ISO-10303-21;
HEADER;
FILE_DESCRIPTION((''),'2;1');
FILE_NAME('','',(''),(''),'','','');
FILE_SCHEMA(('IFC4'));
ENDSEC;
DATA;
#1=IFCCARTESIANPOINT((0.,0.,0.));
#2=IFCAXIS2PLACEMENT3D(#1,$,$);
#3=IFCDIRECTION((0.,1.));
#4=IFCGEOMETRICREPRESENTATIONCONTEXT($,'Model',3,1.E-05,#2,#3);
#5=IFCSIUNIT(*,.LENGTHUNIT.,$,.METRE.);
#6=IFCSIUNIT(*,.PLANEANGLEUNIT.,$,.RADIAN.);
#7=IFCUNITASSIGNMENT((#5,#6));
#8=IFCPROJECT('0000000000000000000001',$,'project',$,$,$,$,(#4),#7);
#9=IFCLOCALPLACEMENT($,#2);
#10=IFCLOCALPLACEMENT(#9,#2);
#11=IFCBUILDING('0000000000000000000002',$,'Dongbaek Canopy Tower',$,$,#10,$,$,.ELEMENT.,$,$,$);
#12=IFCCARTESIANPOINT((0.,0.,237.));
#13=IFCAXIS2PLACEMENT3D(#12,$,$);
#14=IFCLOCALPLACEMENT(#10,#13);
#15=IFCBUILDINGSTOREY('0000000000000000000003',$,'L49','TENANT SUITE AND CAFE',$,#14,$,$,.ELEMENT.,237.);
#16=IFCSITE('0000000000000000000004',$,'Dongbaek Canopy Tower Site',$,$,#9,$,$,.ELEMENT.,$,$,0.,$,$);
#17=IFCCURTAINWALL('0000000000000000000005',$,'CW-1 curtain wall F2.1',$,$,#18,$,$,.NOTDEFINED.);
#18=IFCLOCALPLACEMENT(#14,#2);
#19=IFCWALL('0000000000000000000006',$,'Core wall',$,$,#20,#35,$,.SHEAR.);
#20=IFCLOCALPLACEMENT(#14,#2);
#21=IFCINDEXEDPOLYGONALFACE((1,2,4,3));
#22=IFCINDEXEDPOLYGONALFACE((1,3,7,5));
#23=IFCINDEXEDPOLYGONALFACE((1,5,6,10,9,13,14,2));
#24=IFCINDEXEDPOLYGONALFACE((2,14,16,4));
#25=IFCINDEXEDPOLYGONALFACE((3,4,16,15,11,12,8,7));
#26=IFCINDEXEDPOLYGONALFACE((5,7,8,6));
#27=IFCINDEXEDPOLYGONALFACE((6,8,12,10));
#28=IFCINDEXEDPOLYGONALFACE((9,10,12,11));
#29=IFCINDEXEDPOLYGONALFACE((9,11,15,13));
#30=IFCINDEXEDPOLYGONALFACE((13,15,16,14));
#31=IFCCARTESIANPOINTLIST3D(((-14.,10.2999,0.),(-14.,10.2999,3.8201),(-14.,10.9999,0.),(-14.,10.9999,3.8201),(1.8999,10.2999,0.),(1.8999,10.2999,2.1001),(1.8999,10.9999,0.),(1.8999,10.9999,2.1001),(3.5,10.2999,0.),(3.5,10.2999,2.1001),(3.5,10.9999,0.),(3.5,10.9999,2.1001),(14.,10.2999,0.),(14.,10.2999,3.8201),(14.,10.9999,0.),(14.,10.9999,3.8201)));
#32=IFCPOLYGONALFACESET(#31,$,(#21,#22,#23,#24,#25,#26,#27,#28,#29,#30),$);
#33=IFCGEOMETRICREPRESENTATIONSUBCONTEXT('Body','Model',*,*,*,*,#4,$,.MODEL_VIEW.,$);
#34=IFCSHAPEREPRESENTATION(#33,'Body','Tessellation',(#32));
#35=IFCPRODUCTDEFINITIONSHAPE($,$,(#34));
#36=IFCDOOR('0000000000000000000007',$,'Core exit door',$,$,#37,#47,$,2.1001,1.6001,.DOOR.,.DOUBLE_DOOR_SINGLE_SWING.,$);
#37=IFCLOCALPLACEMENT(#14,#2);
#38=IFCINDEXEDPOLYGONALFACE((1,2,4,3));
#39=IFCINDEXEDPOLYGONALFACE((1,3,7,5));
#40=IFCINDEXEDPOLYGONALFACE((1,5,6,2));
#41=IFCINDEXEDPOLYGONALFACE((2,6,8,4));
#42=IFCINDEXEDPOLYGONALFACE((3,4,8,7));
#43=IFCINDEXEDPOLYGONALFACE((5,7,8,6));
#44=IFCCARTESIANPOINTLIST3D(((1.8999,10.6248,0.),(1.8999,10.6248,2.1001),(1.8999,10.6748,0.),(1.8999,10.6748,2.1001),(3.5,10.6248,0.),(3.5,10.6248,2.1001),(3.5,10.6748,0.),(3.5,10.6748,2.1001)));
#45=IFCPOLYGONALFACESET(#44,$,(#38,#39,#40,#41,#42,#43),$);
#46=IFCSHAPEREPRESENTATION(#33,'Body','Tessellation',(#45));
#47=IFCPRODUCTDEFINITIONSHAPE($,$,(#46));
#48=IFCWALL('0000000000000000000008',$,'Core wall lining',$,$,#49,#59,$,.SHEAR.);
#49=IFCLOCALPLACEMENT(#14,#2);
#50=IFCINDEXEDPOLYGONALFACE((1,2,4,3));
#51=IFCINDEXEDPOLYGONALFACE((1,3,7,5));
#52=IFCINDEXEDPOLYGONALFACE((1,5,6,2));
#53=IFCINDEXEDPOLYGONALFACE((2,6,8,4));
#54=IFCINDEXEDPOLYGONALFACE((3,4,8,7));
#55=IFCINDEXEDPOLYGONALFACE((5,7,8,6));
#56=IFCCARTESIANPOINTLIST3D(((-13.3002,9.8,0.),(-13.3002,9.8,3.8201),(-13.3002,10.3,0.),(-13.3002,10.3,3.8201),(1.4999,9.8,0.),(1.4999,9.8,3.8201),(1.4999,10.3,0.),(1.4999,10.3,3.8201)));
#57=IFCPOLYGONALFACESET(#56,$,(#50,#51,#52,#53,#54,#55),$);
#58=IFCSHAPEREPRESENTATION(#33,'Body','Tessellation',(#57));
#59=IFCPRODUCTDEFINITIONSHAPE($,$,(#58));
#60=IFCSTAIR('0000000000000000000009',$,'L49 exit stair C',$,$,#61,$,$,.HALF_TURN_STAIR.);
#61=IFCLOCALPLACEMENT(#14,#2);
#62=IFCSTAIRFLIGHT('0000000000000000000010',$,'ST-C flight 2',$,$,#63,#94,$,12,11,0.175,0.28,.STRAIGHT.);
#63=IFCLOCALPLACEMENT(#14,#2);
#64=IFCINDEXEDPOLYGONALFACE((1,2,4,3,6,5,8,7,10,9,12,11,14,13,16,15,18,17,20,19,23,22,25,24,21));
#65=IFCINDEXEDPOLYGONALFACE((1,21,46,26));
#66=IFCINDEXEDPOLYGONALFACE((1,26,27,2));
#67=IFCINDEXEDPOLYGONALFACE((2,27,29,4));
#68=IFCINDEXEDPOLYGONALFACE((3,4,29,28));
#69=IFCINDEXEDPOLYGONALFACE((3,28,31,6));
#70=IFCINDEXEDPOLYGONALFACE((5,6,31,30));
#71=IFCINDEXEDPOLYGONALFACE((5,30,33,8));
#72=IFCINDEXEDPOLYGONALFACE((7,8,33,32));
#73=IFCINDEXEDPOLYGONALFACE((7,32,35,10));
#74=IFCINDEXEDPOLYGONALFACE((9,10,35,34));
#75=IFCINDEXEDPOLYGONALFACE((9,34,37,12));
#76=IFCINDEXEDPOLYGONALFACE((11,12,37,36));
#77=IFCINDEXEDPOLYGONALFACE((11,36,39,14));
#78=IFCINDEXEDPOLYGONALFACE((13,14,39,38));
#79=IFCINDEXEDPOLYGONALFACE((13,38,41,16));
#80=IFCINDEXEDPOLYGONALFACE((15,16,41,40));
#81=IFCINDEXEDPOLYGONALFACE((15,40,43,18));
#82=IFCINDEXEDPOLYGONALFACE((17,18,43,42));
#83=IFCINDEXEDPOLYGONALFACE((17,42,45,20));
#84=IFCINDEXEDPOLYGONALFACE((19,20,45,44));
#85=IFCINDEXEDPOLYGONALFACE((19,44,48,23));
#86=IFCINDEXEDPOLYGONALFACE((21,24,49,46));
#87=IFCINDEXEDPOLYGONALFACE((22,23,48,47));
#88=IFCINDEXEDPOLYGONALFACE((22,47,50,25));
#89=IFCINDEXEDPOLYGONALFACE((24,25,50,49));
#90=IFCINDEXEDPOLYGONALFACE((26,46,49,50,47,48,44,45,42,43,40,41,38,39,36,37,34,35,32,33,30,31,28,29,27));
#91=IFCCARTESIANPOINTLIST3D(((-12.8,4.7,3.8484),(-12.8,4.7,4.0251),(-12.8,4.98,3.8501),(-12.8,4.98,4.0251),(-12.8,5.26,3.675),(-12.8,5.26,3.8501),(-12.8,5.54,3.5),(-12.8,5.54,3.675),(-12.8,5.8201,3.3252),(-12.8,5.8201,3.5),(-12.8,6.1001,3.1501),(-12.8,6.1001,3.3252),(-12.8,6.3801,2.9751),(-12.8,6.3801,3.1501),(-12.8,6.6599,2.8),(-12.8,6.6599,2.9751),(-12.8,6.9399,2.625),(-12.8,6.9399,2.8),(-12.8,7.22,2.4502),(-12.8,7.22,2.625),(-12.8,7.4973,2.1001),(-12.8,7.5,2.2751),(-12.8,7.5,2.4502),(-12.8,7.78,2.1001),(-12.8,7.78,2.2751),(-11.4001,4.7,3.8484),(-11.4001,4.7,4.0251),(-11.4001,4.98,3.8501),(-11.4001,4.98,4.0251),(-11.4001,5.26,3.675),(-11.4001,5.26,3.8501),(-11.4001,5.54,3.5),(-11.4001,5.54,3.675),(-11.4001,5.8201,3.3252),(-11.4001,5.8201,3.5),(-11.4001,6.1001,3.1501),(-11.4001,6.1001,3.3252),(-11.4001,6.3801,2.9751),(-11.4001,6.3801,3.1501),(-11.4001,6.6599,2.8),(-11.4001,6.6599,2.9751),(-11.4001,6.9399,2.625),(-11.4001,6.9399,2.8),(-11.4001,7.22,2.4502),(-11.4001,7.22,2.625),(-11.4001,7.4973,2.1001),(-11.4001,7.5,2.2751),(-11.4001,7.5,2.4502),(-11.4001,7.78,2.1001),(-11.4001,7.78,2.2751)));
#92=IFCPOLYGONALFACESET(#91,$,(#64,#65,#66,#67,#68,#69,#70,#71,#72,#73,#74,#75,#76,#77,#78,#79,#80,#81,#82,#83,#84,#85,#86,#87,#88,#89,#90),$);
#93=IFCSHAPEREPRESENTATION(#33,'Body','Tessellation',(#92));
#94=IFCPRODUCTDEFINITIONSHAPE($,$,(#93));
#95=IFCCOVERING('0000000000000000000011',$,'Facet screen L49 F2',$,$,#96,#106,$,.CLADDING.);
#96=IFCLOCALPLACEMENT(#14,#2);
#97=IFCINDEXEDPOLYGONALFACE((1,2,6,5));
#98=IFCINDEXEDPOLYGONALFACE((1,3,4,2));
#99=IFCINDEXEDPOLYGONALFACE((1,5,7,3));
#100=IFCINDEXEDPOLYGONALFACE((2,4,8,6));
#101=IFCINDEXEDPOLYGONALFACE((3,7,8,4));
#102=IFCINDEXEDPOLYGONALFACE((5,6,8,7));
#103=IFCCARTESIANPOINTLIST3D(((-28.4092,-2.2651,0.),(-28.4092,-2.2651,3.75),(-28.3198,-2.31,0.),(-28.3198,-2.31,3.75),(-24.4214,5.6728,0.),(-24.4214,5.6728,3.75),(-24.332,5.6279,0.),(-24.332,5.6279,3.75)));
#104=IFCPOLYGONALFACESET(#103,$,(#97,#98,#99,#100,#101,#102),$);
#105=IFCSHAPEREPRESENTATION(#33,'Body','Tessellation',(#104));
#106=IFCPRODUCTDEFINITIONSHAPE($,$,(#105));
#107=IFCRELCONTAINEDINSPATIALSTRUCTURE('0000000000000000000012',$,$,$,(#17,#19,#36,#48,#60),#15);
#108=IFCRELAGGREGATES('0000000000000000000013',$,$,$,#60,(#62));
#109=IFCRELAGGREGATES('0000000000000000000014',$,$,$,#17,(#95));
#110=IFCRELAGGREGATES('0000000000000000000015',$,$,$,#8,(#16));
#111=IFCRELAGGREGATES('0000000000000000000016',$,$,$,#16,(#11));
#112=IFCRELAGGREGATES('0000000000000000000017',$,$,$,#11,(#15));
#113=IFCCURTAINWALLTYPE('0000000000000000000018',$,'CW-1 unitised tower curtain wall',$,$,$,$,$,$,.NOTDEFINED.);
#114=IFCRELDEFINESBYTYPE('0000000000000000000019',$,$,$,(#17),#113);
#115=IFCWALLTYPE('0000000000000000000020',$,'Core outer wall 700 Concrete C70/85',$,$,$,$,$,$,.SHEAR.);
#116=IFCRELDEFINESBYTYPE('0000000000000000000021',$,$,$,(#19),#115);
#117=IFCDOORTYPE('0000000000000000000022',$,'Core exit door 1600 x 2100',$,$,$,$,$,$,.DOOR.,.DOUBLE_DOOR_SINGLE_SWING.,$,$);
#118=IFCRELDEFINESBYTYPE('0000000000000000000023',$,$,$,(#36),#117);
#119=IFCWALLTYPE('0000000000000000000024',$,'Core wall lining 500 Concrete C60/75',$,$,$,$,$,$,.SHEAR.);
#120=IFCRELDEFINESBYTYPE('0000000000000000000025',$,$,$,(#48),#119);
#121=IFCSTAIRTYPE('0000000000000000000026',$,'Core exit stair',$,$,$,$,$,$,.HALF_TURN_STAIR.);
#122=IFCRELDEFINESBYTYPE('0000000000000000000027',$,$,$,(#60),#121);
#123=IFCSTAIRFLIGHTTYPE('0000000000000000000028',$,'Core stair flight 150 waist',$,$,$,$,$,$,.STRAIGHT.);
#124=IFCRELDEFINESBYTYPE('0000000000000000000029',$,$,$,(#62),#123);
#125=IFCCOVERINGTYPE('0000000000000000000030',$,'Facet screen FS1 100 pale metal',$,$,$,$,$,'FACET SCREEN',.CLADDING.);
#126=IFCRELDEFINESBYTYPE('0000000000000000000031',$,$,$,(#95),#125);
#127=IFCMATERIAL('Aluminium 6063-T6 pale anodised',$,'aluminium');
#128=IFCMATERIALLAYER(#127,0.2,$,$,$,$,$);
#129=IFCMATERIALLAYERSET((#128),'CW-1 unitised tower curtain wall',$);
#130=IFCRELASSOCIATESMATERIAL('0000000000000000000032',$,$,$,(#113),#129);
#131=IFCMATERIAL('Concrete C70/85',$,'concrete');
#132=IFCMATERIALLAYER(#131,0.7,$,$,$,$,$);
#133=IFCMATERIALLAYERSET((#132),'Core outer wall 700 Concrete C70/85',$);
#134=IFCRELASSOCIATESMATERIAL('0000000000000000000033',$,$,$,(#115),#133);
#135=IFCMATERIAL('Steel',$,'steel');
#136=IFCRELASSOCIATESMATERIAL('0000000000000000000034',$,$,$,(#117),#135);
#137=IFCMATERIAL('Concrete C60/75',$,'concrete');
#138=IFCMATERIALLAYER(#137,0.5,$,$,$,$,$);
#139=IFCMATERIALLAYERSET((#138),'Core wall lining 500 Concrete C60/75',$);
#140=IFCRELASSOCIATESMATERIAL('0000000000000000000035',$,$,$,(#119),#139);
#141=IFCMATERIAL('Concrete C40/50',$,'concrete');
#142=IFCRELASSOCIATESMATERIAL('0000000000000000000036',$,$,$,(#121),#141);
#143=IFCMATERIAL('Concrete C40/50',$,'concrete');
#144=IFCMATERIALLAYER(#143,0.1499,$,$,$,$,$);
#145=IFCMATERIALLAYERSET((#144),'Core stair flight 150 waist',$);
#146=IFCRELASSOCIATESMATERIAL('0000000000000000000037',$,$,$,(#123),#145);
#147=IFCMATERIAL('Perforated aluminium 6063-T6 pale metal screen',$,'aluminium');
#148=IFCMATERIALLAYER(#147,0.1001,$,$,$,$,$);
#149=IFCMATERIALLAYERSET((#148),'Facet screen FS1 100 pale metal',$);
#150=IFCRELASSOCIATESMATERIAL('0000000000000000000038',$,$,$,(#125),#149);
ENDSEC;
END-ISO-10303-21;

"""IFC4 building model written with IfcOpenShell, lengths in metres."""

from ifc_helpers import new_model, si_unit, direction, frame, frame_2d, origin, origin_2d, place, context, subcontext, project, spatial, polyline, rectangle, outline, extrude, material, layer, layer_set, type_object, element, fill, aggregate, save


model = new_model("IFC4")

# Units and contexts
model_context = context("Model", 3, precision=1e-05, world=origin(), true_north=direction((0.0, 1.0)))
body_context = subcontext(model_context, "Body", "Model", "MODEL_VIEW")
ifc_project = project(units=[si_unit("LENGTHUNIT", "METRE"), si_unit("PLANEANGLEUNIT", "RADIAN")], contexts=[model_context])

# Site, building, storey
site_placement = place(None, origin())
site = spatial("IfcSite", under=ifc_project, at=site_placement, Name="Dongbaek Canopy Tower Site", CompositionType="ELEMENT", RefElevation=0.0)
building_placement = place(site_placement, origin())
building = spatial("IfcBuilding", under=site, at=building_placement, Name="Dongbaek Canopy Tower", CompositionType="ELEMENT")
storey_placement = place(building_placement, frame((0.0, 0.0, 237.0)))
storey = spatial("IfcBuildingStorey", under=building, at=storey_placement, Name="L49", Description="TENANT SUITE AND CAFE", CompositionType="ELEMENT", Elevation=237.0)

# Curtain wall
ifc_material_1 = material(Name="Aluminium 6063-T6 pale anodised", Category="aluminium")
ifc_layer_1 = layer(ifc_material_1, 0.2)
ifc_layer_set_1 = layer_set([ifc_layer_1], Name="CW-1 unitised tower curtain wall")
curtain_wall_type = type_object("IfcCurtainWallType", Name="CW-1 unitised tower curtain wall", PredefinedType="NOTDEFINED", material=ifc_layer_set_1)
curtain_wall_placement = place(storey_placement, origin())
curtain_wall = element("IfcCurtainWall", 1, at=curtain_wall_placement, inside=storey, type_object=curtain_wall_type, Name="CW-1 curtain wall F2.1", PredefinedType="NOTDEFINED")

# Wall, opening, door
ifc_material_2 = material(Name="Concrete C70/85", Category="concrete")
ifc_layer_2 = layer(ifc_material_2, 0.7)
ifc_layer_set_2 = layer_set([ifc_layer_2], Name="Core outer wall 700 Concrete C70/85")
wall_type_1 = type_object("IfcWallType", Name="Core outer wall 700 Concrete C70/85", PredefinedType="SHEAR", material=ifc_layer_set_2)
wall_1_placement = place(storey_placement, frame((-14.0, 10.6499, 0.0), z_axis=(0.0, 0.0, 1.0), x_axis=(1.0, 0.0, 0.0)))
wall_1 = element("IfcWall", 2, at=wall_1_placement, inside=storey, type_object=wall_type_1, Name="Core wall", PredefinedType="SHEAR", context=body_context, shape_type="SweptSolid", body=[
    extrude(rectangle(XDim=28.0, YDim=0.7, at=frame_2d((14.0, 0.0))), origin(), (0.0, 0.0, 1.0), 3.8201),
])
opening_placement = place(wall_1_placement, frame((15.8999, 0.0, 0.0)))
opening = element("IfcOpeningElement", 3, at=opening_placement, cuts=wall_1, PredefinedType="OPENING", context=body_context, shape_type="SweptSolid", body=[
    extrude(rectangle(XDim=1.6001, YDim=2.1001, at=frame_2d((0.8, 1.05))), frame((0.0, 0.3599, 0.0), z_axis=(0.0, -1.0, 0.0), x_axis=(1.0, 0.0, 0.0)), (0.0, 0.0, 1.0), 0.72),
])
ifc_material_3 = material(Name="Steel", Category="steel")
door_type = type_object("IfcDoorType", Name="Core exit door 1600 x 2100", OperationType="DOUBLE_DOOR_SINGLE_SWING", PredefinedType="DOOR", material=ifc_material_3)
door_placement = place(opening_placement, origin())
door = element("IfcDoor", 4, at=door_placement, inside=storey, type_object=door_type, Name="Core exit door", OperationType="DOUBLE_DOOR_SINGLE_SWING", OverallHeight=2.1001, OverallWidth=1.6001, PredefinedType="DOOR", context=body_context, shape_type="SweptSolid", body=[
    extrude(rectangle(XDim=1.6001, YDim=2.1001, at=frame_2d((0.8, 1.05))), frame((0.0, 0.0249, 0.0), z_axis=(0.0, -1.0, 0.0), x_axis=(1.0, 0.0, 0.0)), (0.0, 0.0, 1.0), 0.05),
])
fill(opening, door)

# Wall
ifc_material_4 = material(Name="Concrete C60/75", Category="concrete")
ifc_layer_3 = layer(ifc_material_4, 0.5)
ifc_layer_set_3 = layer_set([ifc_layer_3], Name="Core wall lining 500 Concrete C60/75")
wall_type_2 = type_object("IfcWallType", Name="Core wall lining 500 Concrete C60/75", PredefinedType="SHEAR", material=ifc_layer_set_3)
wall_2_placement = place(storey_placement, frame((-13.3, 10.05, 0.0), z_axis=(0.0, 0.0, 1.0), x_axis=(1.0, 0.0, 0.0)))
element("IfcWall", 5, at=wall_2_placement, inside=storey, type_object=wall_type_2, Name="Core wall lining", PredefinedType="SHEAR", context=body_context, shape_type="SweptSolid", body=[
    extrude(rectangle(XDim=14.8, YDim=0.5, at=frame_2d((7.3999, 0.0))), origin(), (0.0, 0.0, 1.0), 3.8201),
])

# Stair, stair flight
ifc_material_5 = material(Name="Concrete C40/50", Category="concrete")
stair_type = type_object("IfcStairType", Name="Core exit stair", PredefinedType="HALF_TURN_STAIR", material=ifc_material_5)
stair_placement = place(storey_placement, origin())
stair = element("IfcStair", 6, at=stair_placement, inside=storey, type_object=stair_type, Name="L49 exit stair C", PredefinedType="HALF_TURN_STAIR")
ifc_material_6 = material(Name="Concrete C40/50", Category="concrete")
ifc_layer_4 = layer(ifc_material_6, 0.1499)
ifc_layer_set_4 = layer_set([ifc_layer_4], Name="Core stair flight 150 waist")
stair_flight_type = type_object("IfcStairFlightType", Name="Core stair flight 150 waist", PredefinedType="STRAIGHT", material=ifc_layer_set_4)
stair_flight_placement = place(storey_placement, frame((-12.1001, 7.78, 2.1001), z_axis=(0.0, 0.0, 1.0), x_axis=(0.0, -1.0, 0.0)))
stair_flight = element("IfcStairFlight", 7, at=stair_flight_placement, type_object=stair_flight_type, Name="ST-C flight 2", NumberOfRisers=12, NumberOfTreads=11, PredefinedType="STRAIGHT", RiserHeight=0.175, TreadLength=0.28, context=body_context, shape_type="SweptSolid", body=[
    extrude(outline(polyline([(0.0, 0.0), (0.0, 0.175), (0.28, 0.175), (0.28, 0.3501), (0.5601, 0.3501), (0.5601, 0.5249), (0.8401, 0.5249), (0.8401, 0.7), (1.1201, 0.7), (1.1201, 0.875), (1.3999, 0.875), (1.3999, 1.05), (1.6799, 1.05), (1.6799, 1.2251), (1.96, 1.2251), (1.96, 1.3999), (2.24, 1.3999), (2.24, 1.575), (2.52, 1.575), (2.52, 1.75), (2.8, 1.75), (2.8, 1.925), (3.0801, 1.925), (3.0801, 2.1001), (3.0801, 1.7483), (0.2827, 0.0), (0.0, 0.0)])), frame((0.0, 0.7, 0.0), z_axis=(0.0, -1.0, 0.0), x_axis=(1.0, 0.0, 0.0)), (0.0, 0.0, 1.0), 1.3999),
])
aggregate(stair, [stair_flight])

# Covering
ifc_material_7 = material(Name="Perforated aluminium 6063-T6 pale metal screen", Category="aluminium")
ifc_layer_5 = layer(ifc_material_7, 0.1001)
ifc_layer_set_5 = layer_set([ifc_layer_5], Name="Facet screen FS1 100 pale metal")
covering_type = type_object("IfcCoveringType", Name="Facet screen FS1 100 pale metal", ElementType="FACET SCREEN", PredefinedType="CLADDING", material=ifc_layer_set_5)
covering_placement = place(storey_placement, frame((-26.3706, 1.6814, 0.0), z_axis=(0.0, 0.0, 1.0), x_axis=(-0.448909, -0.893578, 0.0)))
covering = element("IfcCovering", 8, at=covering_placement, type_object=covering_type, Name="Facet screen L49 F2", PredefinedType="CLADDING", context=body_context, shape_type="SweptSolid", body=[
    extrude(rectangle(XDim=8.8833, YDim=0.1001, at=origin_2d()), origin(), (0.0, 0.0, 1.0), 3.75),
])
aggregate(curtain_wall, [covering])

save(model, "model.ifc")
